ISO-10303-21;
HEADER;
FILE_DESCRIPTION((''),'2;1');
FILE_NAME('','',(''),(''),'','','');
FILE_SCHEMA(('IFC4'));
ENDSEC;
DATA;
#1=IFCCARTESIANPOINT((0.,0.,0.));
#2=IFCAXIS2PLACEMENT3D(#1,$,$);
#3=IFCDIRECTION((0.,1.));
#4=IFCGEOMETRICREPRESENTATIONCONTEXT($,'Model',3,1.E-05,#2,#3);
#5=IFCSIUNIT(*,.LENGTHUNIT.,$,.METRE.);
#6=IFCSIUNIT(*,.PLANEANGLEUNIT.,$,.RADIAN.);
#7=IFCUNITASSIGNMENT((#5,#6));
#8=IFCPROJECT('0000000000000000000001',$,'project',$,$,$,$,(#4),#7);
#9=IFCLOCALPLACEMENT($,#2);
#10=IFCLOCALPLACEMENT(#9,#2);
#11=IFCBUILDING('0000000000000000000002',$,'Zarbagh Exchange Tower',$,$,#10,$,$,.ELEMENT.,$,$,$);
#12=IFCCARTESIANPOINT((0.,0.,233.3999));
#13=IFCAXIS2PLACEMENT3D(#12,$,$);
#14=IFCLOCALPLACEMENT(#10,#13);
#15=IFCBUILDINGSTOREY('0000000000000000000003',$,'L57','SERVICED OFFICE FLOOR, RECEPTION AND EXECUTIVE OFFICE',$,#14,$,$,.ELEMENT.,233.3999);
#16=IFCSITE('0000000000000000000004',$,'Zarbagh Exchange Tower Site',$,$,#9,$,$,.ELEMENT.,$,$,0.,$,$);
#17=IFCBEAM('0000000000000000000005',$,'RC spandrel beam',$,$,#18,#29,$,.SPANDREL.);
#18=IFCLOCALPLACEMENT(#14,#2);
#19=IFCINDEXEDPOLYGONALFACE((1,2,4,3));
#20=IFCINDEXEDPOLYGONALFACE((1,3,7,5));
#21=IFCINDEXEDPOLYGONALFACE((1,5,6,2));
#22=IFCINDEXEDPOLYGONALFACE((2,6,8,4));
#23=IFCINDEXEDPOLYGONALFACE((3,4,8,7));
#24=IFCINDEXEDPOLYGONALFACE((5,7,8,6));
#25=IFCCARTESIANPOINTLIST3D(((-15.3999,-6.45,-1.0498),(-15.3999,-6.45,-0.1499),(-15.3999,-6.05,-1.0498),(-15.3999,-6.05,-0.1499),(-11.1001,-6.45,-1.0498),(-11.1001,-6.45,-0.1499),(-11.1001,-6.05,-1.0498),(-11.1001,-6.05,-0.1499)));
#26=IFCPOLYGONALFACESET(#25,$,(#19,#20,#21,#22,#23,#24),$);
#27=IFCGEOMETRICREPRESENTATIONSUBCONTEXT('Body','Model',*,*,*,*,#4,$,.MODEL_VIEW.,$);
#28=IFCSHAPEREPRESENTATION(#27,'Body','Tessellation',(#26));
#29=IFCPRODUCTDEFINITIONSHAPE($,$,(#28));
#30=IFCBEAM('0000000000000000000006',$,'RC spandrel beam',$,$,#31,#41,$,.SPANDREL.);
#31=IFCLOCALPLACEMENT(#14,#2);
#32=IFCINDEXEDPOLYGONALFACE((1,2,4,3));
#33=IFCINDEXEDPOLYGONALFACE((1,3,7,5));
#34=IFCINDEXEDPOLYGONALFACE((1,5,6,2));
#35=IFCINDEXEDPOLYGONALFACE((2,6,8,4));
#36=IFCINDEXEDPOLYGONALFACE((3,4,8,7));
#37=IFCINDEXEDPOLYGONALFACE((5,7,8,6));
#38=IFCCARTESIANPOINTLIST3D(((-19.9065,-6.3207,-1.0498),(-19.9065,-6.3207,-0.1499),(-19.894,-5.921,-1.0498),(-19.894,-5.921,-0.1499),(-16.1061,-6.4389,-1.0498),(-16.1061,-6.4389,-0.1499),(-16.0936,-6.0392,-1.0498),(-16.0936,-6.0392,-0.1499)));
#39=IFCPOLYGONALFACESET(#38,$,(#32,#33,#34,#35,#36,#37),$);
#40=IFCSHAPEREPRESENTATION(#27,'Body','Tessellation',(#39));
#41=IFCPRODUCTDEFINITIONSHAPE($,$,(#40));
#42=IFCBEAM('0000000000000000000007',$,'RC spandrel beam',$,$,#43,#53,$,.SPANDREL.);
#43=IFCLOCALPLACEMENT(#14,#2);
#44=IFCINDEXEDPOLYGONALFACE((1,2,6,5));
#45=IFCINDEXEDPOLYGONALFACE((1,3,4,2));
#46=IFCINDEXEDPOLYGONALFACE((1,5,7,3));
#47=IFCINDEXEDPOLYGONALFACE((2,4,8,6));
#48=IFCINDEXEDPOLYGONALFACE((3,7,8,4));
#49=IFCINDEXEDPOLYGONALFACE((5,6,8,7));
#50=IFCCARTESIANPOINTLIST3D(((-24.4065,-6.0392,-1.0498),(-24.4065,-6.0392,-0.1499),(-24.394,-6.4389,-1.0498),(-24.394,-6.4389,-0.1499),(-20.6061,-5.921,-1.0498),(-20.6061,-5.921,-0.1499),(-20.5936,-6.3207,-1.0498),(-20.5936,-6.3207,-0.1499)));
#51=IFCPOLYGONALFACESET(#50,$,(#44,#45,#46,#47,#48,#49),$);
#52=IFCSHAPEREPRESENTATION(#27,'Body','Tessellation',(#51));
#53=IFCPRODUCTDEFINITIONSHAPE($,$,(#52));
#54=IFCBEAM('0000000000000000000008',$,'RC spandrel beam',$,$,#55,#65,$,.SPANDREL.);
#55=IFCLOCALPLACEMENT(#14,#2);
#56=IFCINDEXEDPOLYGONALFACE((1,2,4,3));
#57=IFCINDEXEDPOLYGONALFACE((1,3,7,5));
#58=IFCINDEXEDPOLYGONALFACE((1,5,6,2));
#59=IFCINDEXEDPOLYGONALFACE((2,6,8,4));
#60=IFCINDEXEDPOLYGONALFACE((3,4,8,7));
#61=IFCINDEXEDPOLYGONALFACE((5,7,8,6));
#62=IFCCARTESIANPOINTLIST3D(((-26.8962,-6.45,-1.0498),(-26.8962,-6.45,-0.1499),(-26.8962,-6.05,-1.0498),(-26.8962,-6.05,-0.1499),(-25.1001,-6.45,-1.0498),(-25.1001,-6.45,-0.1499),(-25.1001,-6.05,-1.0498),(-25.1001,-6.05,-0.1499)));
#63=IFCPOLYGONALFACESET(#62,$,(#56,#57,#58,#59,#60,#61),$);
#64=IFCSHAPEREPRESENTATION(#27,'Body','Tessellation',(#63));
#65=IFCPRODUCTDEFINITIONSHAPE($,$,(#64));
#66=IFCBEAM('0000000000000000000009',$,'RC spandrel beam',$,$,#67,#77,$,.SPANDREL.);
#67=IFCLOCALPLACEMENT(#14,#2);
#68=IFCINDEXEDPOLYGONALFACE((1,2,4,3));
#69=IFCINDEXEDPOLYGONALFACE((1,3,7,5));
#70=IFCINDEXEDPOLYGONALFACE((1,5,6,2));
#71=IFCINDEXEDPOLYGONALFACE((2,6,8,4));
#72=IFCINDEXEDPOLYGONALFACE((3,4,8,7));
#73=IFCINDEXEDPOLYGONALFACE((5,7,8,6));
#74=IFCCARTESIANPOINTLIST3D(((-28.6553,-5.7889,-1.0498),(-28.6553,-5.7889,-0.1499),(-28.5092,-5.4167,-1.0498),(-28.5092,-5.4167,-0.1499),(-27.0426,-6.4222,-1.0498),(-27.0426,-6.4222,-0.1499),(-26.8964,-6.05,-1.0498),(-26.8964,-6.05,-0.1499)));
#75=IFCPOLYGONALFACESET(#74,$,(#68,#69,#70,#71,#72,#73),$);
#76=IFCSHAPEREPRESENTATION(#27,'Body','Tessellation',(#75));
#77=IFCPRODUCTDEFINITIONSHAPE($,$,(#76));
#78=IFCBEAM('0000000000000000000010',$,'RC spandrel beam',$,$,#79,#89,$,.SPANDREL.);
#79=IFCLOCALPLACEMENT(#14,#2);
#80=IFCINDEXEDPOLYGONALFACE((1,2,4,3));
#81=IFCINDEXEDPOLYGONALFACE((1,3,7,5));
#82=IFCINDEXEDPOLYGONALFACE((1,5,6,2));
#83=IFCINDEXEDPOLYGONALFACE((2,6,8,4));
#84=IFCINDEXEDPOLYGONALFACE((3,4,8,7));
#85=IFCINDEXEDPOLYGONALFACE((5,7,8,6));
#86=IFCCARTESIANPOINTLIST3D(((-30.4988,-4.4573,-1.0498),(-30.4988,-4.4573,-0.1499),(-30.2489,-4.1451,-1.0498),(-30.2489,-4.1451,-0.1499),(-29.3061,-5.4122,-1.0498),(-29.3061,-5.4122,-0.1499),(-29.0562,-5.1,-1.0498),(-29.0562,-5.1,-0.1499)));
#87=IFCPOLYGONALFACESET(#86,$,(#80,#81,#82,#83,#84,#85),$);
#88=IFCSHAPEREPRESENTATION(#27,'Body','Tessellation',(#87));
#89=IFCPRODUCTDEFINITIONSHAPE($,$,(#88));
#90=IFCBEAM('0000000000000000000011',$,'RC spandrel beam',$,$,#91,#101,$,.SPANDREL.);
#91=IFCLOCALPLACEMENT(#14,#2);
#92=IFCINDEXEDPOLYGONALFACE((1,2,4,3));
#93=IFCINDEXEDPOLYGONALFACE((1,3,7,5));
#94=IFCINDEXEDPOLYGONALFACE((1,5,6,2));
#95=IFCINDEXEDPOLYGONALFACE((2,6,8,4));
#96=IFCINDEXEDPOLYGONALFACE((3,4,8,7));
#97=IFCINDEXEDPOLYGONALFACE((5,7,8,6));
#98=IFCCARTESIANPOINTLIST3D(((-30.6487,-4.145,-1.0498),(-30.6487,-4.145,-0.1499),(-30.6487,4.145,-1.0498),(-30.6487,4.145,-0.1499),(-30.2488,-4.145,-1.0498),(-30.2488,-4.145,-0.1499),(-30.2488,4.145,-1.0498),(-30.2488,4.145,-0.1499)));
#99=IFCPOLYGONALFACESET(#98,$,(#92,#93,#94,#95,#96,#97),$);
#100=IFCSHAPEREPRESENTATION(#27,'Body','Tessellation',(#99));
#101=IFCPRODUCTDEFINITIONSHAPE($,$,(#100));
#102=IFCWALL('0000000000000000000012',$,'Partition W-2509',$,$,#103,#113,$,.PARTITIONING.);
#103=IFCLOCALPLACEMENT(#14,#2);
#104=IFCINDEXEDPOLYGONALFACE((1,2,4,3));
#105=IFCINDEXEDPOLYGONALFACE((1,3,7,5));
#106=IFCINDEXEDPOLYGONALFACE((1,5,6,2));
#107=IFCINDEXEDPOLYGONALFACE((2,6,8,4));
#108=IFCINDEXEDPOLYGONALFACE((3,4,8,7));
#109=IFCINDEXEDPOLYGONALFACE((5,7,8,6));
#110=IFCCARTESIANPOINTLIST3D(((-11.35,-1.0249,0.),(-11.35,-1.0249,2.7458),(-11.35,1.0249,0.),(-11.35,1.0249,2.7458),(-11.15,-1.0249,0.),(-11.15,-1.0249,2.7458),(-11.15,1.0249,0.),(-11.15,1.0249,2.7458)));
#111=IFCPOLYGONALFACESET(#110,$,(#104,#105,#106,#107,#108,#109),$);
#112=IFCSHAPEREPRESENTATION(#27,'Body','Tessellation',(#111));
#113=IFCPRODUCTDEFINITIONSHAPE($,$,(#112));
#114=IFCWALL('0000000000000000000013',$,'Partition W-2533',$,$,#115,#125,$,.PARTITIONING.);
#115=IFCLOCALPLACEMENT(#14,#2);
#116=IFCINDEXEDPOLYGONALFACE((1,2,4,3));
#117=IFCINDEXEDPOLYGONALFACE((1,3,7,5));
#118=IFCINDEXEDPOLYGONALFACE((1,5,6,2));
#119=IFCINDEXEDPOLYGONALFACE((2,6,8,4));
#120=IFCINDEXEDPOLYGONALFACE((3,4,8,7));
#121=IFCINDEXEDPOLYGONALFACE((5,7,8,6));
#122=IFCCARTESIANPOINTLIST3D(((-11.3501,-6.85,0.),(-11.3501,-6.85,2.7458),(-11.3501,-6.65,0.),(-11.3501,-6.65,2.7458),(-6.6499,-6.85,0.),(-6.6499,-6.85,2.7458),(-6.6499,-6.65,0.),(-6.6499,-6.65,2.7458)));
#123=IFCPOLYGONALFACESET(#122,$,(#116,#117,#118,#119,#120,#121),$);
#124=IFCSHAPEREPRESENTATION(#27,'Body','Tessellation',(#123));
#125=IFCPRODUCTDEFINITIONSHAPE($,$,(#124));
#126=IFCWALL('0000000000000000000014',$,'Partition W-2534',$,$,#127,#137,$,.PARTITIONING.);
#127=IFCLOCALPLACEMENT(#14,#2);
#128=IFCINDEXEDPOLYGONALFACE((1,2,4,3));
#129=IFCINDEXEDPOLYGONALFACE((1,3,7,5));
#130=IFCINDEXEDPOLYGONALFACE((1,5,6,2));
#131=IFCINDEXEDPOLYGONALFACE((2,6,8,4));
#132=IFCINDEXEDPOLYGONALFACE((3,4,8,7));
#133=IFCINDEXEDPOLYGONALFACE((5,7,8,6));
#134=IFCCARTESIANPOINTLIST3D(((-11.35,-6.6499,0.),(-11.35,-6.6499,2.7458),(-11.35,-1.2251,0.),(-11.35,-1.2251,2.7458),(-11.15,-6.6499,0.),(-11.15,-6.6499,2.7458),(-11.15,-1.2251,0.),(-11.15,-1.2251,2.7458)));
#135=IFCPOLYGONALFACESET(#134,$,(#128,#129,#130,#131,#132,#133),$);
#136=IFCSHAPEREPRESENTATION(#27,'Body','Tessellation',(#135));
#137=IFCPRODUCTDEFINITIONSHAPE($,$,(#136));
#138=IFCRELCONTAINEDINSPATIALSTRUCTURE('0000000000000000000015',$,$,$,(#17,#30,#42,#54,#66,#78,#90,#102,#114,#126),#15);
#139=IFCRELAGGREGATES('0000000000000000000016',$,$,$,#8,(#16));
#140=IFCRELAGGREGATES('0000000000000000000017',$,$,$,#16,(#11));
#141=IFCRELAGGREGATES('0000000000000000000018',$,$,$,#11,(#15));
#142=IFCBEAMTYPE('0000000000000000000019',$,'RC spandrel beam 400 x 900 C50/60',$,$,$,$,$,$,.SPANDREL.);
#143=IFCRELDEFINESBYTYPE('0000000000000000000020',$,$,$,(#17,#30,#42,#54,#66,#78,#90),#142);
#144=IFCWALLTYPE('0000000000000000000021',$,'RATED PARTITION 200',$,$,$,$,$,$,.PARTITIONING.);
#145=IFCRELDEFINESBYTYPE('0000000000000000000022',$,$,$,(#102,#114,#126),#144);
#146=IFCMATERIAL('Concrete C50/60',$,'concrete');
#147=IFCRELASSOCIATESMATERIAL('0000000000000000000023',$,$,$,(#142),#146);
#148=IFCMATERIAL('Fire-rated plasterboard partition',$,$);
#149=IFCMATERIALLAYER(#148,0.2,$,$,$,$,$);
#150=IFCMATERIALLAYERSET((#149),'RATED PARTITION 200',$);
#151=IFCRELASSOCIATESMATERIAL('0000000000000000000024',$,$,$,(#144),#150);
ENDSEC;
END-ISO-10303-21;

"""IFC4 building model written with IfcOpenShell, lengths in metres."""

from ifc_helpers import new_model, si_unit, direction, frame, frame_2d, origin, origin_2d, place, context, subcontext, project, spatial, rectangle, extrude, material, layer, layer_set, material_profile, profile_set, type_object, element, save


model = new_model("IFC4")

# Units and contexts
model_context = context("Model", 3, precision=1e-05, world=origin(), true_north=direction((0.0, 1.0)))
body_context = subcontext(model_context, "Body", "Model", "MODEL_VIEW")
ifc_project = project(units=[si_unit("LENGTHUNIT", "METRE"), si_unit("PLANEANGLEUNIT", "RADIAN")], contexts=[model_context])

# Site, building, storey
site_placement = place(None, origin())
site = spatial("IfcSite", under=ifc_project, at=site_placement, Name="Zarbagh Exchange Tower Site", CompositionType="ELEMENT", RefElevation=0.0)
building_placement = place(site_placement, origin())
building = spatial("IfcBuilding", under=site, at=building_placement, Name="Zarbagh Exchange Tower", CompositionType="ELEMENT")
storey_placement = place(building_placement, frame((0.0, 0.0, 233.3999)))
storey = spatial("IfcBuildingStorey", under=building, at=storey_placement, Name="L57", Description="SERVICED OFFICE FLOOR, RECEPTION AND EXECUTIVE OFFICE", CompositionType="ELEMENT", Elevation=233.3999)

# Shared definitions
ifc_material_1 = material(Name="Concrete C50/60", Category="concrete")

# Beams
ifc_material_profile_1 = material_profile(ifc_material_1, rectangle(XDim=0.3999, YDim=0.8999, at=origin_2d()), Name="RC spandrel beam 400 x 900 C50/60")
ifc_profile_set_1 = profile_set([ifc_material_profile_1], Name="Concrete C50/60")
beam_type_1 = type_object("IfcBeamType", Name="RC spandrel beam 400 x 900 C50/60", PredefinedType="SPANDREL", material=ifc_profile_set_1)
beam_1_placement = place(storey_placement, frame((-11.1001, -6.25, -0.5999), z_axis=(-1.0, 0.0, 0.0), x_axis=(0.0, -1.0, 0.0)))
element("IfcBeam", 1, at=beam_1_placement, inside=storey, type_object=beam_type_1, Name="RC spandrel beam", PredefinedType="SPANDREL", context=body_context, shape_type="SweptSolid", body=[
    extrude(rectangle(XDim=0.3999, YDim=0.8999, at=origin_2d()), origin(), (0.0, 0.0, 1.0), 4.2998),
])
for number, where, z_axis, x_axis, name in (
    (2, (-16.0999, -6.239, -0.5999), (-0.999517, 0.031078, 0.0), (-0.031078, -0.999517, 0.0), "RC spandrel beam"),
    (3, (-20.5999, -6.1208, -0.5999), (-0.999517, -0.031078, 0.0), (0.031078, -0.999517, 0.0), "RC spandrel beam"),
):
    element("IfcBeam", number, at=place(storey_placement, frame(where, z_axis=z_axis, x_axis=x_axis)), inside=storey, type_object=beam_type_1, Name=name, PredefinedType="SPANDREL", context=body_context, shape_type="SweptSolid", body=[
        extrude(rectangle(XDim=0.3999, YDim=0.8999, at=origin_2d()), origin(), (0.0, 0.0, 1.0), 3.8022),
    ])
beam_2_placement = place(storey_placement, frame((-25.1001, -6.25, -0.5999), z_axis=(-1.0, 0.0, 0.0), x_axis=(0.0, -1.0, 0.0)))
element("IfcBeam", 4, at=beam_2_placement, inside=storey, type_object=beam_type_1, Name="RC spandrel beam", PredefinedType="SPANDREL", context=body_context, shape_type="SweptSolid", body=[
    extrude(rectangle(XDim=0.3999, YDim=0.8999, at=origin_2d()), origin(), (0.0, 0.0, 1.0), 1.7961),
])
beam_3_placement = place(storey_placement, frame((-26.9695, -6.2361, -0.5999), z_axis=(-0.93081, 0.365504, 0.0), x_axis=(-0.365504, -0.93081, 0.0)))
element("IfcBeam", 5, at=beam_3_placement, inside=storey, type_object=beam_type_1, Name="RC spandrel beam", PredefinedType="SPANDREL", context=body_context, shape_type="SweptSolid", body=[
    extrude(rectangle(XDim=0.3999, YDim=0.8999, at=origin_2d()), origin(), (0.0, 0.0, 1.0), 1.7327),
])
beam_4_placement = place(storey_placement, frame((-29.1812, -5.2561, -0.5999), z_axis=(-0.780635, 0.624987, 0.0), x_axis=(-0.624987, -0.780635, 0.0)))
element("IfcBeam", 6, at=beam_4_placement, inside=storey, type_object=beam_type_1, Name="RC spandrel beam", PredefinedType="SPANDREL", context=body_context, shape_type="SweptSolid", body=[
    extrude(rectangle(XDim=0.3999, YDim=0.8999, at=origin_2d()), origin(), (0.0, 0.0, 1.0), 1.5278),
])
beam_5_placement = place(storey_placement, frame((-30.4487, -4.145, -0.5999), z_axis=(0.0, 1.0, 0.0), x_axis=(-1.0, 0.0, 0.0)))
element("IfcBeam", 7, at=beam_5_placement, inside=storey, type_object=beam_type_1, Name="RC spandrel beam", PredefinedType="SPANDREL", context=body_context, shape_type="SweptSolid", body=[
    extrude(rectangle(XDim=0.3999, YDim=0.8999, at=origin_2d()), origin(), (0.0, 0.0, 1.0), 8.29),
])

# Walls
ifc_material_2 = material(Name="Fire-rated plasterboard partition")
ifc_layer = layer(ifc_material_2, 0.2)
ifc_layer_set = layer_set([ifc_layer], Name="RATED PARTITION 200")
wall_type = type_object("IfcWallType", Name="RATED PARTITION 200", PredefinedType="PARTITIONING", material=ifc_layer_set)
wall_1_placement = place(storey_placement, frame((-11.25, -1.0249, 0.0), z_axis=(0.0, 0.0, 1.0), x_axis=(0.0, 1.0, 0.0)))
element("IfcWall", 8, at=wall_1_placement, inside=storey, type_object=wall_type, Name="Partition W-2509", PredefinedType="PARTITIONING", context=body_context, shape_type="SweptSolid", body=[
    extrude(rectangle(XDim=2.0498, YDim=0.2, at=frame_2d((1.0249, 0.0))), origin(), (0.0, 0.0, 1.0), 2.7458),
])
wall_2_placement = place(storey_placement, frame((-11.3501, -6.75, 0.0), z_axis=(0.0, 0.0, 1.0), x_axis=(1.0, 0.0, 0.0)))
element("IfcWall", 9, at=wall_2_placement, inside=storey, type_object=wall_type, Name="Partition W-2533", PredefinedType="PARTITIONING", context=body_context, shape_type="SweptSolid", body=[
    extrude(rectangle(XDim=4.7002, YDim=0.2, at=frame_2d((2.3501, 0.0))), origin(), (0.0, 0.0, 1.0), 2.7458),
])
wall_3_placement = place(storey_placement, frame((-11.25, -6.6499, 0.0), z_axis=(0.0, 0.0, 1.0), x_axis=(0.0, 1.0, 0.0)))
element("IfcWall", 10, at=wall_3_placement, inside=storey, type_object=wall_type, Name="Partition W-2534", PredefinedType="PARTITIONING", context=body_context, shape_type="SweptSolid", body=[
    extrude(rectangle(XDim=5.4248, YDim=0.2, at=frame_2d((2.7124, 0.0))), origin(), (0.0, 0.0, 1.0), 2.7458),
])

save(model, "model.ifc")
